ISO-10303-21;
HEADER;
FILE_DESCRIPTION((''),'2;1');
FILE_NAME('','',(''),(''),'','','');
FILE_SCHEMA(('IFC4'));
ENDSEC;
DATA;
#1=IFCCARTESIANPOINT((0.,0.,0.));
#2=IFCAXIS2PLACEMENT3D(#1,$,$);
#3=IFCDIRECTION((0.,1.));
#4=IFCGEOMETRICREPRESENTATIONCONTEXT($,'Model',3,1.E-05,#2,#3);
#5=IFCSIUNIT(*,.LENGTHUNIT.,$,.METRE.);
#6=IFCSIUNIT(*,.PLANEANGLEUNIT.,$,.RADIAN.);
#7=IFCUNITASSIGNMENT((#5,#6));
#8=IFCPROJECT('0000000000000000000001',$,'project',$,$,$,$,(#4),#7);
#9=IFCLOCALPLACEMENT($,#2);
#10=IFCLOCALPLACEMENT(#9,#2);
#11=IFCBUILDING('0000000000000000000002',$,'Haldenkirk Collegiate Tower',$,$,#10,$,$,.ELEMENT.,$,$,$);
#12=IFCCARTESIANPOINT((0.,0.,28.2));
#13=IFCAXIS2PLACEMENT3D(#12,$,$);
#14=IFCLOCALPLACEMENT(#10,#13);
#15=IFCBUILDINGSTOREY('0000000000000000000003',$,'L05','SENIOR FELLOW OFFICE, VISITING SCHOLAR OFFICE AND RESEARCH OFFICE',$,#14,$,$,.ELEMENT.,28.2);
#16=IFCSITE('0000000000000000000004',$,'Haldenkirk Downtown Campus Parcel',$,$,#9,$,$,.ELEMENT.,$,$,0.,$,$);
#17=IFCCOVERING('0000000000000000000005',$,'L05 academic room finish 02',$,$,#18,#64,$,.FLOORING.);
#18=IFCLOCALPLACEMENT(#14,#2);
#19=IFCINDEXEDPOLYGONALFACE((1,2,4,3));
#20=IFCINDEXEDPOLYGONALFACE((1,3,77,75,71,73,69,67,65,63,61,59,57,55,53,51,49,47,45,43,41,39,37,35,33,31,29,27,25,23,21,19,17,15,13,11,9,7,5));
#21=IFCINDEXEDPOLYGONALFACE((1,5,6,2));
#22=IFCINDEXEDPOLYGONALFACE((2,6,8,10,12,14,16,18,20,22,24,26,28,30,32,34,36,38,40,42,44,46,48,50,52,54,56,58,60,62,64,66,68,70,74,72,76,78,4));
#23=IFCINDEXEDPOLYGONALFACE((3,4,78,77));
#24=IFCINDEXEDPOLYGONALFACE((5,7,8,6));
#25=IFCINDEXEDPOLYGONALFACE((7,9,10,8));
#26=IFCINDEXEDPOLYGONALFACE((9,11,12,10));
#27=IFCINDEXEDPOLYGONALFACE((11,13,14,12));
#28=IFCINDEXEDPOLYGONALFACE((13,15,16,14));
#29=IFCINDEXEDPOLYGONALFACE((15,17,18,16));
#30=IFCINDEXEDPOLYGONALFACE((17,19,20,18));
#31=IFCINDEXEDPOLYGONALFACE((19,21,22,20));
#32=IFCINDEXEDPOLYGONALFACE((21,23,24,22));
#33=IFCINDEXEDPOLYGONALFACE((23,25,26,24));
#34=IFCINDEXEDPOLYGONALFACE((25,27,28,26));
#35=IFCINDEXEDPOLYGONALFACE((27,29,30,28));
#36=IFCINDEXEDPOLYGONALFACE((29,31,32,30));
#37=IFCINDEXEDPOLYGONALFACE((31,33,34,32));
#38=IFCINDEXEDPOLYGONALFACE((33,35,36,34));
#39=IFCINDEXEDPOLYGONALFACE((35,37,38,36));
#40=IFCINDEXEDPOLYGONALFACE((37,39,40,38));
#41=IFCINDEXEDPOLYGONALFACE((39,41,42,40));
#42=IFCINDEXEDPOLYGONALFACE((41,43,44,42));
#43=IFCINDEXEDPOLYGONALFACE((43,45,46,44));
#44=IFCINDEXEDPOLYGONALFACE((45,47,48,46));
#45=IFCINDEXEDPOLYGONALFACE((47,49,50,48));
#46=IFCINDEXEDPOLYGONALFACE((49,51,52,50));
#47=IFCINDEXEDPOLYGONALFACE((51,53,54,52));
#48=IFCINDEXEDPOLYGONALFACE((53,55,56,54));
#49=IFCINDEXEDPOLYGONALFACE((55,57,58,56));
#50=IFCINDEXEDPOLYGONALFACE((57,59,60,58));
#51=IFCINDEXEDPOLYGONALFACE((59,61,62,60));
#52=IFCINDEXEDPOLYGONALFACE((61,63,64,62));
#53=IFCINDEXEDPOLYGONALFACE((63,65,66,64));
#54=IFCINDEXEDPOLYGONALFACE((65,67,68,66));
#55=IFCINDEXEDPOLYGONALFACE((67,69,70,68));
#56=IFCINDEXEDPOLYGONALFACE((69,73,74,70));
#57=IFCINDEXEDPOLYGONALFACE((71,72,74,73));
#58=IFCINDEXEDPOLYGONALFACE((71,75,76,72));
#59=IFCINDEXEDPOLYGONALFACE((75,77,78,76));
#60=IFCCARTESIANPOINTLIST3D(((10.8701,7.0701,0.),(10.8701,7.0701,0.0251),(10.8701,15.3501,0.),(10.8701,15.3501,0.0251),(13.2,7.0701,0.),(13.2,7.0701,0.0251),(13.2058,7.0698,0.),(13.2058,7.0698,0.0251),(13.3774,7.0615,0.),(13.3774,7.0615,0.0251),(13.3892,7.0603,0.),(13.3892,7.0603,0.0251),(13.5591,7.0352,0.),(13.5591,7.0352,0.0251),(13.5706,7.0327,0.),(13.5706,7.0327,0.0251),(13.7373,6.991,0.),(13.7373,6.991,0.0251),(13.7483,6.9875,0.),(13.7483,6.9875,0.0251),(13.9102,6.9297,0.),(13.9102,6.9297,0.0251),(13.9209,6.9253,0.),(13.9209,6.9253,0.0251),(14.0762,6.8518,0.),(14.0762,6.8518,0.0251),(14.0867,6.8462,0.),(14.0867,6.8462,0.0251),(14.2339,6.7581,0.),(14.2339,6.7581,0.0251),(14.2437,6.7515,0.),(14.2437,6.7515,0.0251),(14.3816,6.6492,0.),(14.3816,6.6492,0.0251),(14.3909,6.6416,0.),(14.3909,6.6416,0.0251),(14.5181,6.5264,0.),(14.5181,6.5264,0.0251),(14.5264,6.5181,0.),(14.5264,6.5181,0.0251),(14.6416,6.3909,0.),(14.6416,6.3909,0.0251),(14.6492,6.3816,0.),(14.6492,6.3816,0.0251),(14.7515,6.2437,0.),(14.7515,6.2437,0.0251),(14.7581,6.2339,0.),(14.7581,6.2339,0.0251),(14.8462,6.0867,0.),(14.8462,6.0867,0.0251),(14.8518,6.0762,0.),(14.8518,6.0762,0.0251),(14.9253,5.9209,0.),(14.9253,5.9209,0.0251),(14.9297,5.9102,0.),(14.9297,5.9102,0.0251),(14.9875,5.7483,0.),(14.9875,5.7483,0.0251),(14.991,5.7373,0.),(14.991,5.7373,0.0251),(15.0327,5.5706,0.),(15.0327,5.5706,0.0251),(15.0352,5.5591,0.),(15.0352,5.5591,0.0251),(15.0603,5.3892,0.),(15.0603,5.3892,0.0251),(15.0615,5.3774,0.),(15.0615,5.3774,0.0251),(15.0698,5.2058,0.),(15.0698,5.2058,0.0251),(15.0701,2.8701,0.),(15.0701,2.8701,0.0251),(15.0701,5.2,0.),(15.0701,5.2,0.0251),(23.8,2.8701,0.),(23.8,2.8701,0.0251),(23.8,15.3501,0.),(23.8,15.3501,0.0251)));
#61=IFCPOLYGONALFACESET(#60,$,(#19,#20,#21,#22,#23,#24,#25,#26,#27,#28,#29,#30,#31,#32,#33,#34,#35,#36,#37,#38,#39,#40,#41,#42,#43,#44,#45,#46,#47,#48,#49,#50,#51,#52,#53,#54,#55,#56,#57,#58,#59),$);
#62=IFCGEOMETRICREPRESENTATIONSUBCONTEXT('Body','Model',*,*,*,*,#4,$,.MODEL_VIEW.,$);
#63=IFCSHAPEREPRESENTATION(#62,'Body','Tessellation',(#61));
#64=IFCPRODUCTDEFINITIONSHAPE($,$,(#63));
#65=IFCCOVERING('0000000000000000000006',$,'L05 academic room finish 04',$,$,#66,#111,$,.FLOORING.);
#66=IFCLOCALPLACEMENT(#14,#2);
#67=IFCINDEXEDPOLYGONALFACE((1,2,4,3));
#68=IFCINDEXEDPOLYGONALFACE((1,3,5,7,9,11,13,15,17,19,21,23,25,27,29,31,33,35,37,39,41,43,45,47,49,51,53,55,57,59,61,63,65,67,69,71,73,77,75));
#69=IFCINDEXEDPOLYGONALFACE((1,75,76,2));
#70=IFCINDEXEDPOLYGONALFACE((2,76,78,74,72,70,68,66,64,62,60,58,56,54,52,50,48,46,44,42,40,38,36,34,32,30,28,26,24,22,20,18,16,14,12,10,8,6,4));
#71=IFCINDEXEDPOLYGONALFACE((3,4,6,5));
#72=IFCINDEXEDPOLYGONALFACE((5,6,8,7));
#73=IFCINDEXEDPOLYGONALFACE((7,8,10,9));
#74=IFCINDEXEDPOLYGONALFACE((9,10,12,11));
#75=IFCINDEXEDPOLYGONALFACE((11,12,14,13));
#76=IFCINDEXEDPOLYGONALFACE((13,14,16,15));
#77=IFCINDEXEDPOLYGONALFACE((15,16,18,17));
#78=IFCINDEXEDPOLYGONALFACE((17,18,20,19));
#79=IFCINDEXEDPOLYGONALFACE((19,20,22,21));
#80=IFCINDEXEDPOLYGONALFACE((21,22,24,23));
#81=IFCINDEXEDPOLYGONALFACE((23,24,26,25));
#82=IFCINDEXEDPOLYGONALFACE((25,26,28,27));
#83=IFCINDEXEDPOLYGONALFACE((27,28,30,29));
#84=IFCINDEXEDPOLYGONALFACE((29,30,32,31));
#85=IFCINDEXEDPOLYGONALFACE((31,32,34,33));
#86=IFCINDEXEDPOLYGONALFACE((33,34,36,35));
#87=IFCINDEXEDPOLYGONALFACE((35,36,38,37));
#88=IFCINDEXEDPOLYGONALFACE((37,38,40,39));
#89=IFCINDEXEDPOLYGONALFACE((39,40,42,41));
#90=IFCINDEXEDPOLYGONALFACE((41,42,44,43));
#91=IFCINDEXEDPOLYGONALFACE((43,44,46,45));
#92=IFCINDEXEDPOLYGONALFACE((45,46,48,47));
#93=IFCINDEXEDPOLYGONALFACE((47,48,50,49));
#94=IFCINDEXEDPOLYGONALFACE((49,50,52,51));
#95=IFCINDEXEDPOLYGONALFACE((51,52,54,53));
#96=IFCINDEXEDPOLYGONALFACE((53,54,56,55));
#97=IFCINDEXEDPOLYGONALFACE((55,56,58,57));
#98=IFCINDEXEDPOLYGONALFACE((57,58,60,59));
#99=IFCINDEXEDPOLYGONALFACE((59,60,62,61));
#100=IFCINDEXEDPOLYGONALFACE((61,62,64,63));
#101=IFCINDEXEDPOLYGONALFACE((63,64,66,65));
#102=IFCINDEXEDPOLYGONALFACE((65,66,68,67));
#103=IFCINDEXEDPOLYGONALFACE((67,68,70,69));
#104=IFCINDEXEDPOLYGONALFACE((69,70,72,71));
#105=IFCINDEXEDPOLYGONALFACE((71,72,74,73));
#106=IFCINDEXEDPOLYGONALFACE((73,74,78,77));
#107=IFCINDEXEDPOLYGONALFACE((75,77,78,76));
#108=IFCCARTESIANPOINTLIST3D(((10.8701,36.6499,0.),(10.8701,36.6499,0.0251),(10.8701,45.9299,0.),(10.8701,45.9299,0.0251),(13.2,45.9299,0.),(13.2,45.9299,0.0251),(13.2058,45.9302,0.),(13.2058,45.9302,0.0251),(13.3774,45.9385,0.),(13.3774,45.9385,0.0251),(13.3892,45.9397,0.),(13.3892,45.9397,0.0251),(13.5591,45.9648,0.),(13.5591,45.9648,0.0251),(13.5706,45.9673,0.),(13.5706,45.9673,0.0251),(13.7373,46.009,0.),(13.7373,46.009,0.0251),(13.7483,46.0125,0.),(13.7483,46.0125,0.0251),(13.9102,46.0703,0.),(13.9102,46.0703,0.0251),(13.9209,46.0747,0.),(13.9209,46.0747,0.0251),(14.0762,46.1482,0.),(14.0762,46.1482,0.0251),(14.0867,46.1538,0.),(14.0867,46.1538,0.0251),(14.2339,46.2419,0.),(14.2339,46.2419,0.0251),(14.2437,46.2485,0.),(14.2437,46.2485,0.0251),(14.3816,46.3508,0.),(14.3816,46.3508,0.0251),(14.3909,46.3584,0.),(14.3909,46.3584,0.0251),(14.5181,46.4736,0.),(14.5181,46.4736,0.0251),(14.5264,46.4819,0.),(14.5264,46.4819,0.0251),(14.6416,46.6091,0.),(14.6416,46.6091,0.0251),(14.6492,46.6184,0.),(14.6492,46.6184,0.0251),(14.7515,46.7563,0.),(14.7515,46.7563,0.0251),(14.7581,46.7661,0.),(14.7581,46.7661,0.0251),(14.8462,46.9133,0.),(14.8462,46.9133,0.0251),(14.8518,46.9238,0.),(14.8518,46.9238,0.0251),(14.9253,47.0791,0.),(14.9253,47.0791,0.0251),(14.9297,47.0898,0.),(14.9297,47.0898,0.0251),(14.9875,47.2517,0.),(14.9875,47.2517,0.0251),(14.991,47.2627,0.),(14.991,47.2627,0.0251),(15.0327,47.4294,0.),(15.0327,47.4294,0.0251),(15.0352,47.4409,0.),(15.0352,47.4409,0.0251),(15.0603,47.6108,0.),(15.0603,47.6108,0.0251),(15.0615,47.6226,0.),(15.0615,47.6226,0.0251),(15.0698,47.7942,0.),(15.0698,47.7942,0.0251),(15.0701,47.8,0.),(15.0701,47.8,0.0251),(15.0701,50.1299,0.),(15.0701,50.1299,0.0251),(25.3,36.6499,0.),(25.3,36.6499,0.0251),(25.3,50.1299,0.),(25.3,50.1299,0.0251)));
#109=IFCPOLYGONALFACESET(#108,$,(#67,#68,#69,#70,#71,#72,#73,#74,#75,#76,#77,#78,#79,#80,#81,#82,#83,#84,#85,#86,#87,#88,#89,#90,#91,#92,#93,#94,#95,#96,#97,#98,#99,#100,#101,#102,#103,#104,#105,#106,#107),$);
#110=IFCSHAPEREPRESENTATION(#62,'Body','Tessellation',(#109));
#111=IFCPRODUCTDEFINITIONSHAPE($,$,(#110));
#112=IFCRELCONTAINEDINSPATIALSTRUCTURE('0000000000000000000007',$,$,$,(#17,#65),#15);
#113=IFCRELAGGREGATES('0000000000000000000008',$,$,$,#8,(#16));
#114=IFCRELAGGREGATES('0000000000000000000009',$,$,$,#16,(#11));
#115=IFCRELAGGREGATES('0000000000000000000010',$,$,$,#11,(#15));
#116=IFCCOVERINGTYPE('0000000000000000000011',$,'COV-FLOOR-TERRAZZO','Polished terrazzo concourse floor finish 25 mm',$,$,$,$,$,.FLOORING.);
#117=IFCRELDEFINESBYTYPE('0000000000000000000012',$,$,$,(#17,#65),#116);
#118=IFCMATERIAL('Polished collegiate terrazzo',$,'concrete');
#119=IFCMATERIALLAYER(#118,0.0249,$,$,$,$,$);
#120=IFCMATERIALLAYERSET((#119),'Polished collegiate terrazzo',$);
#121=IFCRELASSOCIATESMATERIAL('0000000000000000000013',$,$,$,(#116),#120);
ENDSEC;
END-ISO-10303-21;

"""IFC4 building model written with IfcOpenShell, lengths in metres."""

from ifc_helpers import new_model, si_unit, direction, frame, origin, place, context, subcontext, project, spatial, polyline, outline, extrude, material, layer, layer_set, type_object, element, save


model = new_model("IFC4")

# Units and contexts
model_context = context("Model", 3, precision=1e-05, world=origin(), true_north=direction((0.0, 1.0)))
body_context = subcontext(model_context, "Body", "Model", "MODEL_VIEW")
ifc_project = project(units=[si_unit("LENGTHUNIT", "METRE"), si_unit("PLANEANGLEUNIT", "RADIAN")], contexts=[model_context])

# Site, building, storey
site_placement = place(None, origin())
site = spatial("IfcSite", under=ifc_project, at=site_placement, Name="Haldenkirk Downtown Campus Parcel", CompositionType="ELEMENT", RefElevation=0.0)
building_placement = place(site_placement, origin())
building = spatial("IfcBuilding", under=site, at=building_placement, Name="Haldenkirk Collegiate Tower", CompositionType="ELEMENT")
storey_placement = place(building_placement, frame((0.0, 0.0, 28.2)))
storey = spatial("IfcBuildingStorey", under=building, at=storey_placement, Name="L05", Description="SENIOR FELLOW OFFICE, VISITING SCHOLAR OFFICE AND RESEARCH OFFICE", CompositionType="ELEMENT", Elevation=28.2)

# Coverings
ifc_material_1 = material(Name="Polished collegiate terrazzo", Category="concrete")
ifc_layer_1 = layer(ifc_material_1, 0.0249)
ifc_layer_set_1 = layer_set([ifc_layer_1], Name="Polished collegiate terrazzo")
covering_type_1 = type_object("IfcCoveringType", Name="COV-FLOOR-TERRAZZO", Description="Polished terrazzo concourse floor finish 25 mm", PredefinedType="FLOORING", material=ifc_layer_set_1)
covering_1_placement = place(storey_placement, origin())
element("IfcCovering", 1, at=covering_1_placement, inside=storey, type_object=covering_type_1, Name="L05 academic room finish 02", PredefinedType="FLOORING", context=body_context, shape_type="SweptSolid", body=[
    extrude(outline(polyline([(14.8518, 6.0762), (14.8462, 6.0867), (14.7581, 6.2339), (14.7515, 6.2437), (14.6492, 6.3816), (14.6416, 6.3909), (14.5264, 6.5181), (14.5181, 6.5264), (14.3909, 6.6416), (14.3816, 6.6492), (14.2437, 6.7515), (14.2339, 6.7581), (14.0867, 6.8462), (14.0762, 6.8518), (13.9209, 6.9253), (13.9102, 6.9297), (13.7483, 6.9875), (13.7373, 6.991), (13.5706, 7.0327), (13.5591, 7.0352), (13.3892, 7.0603), (13.3774, 7.0615), (13.2058, 7.0698), (13.2, 7.0701), (10.8701, 7.0701), (10.8701, 15.3501), (23.8, 15.3501), (23.8, 2.8701), (15.0701, 2.8701), (15.0701, 5.2), (15.0698, 5.2058), (15.0615, 5.3774), (15.0603, 5.3892), (15.0352, 5.5591), (15.0327, 5.5706), (14.991, 5.7373), (14.9875, 5.7483), (14.9297, 5.9102), (14.9253, 5.9209), (14.8518, 6.0762)])), origin(), (0.0, 0.0, 1.0), 0.0251),
])
covering_2_placement = place(storey_placement, origin())
element("IfcCovering", 2, at=covering_2_placement, inside=storey, type_object=covering_type_1, Name="L05 academic room finish 04", PredefinedType="FLOORING", context=body_context, shape_type="SweptSolid", body=[
    extrude(outline(polyline([(13.2, 45.9299), (13.2058, 45.9302), (13.3774, 45.9385), (13.3892, 45.9397), (13.5591, 45.9648), (13.5706, 45.9673), (13.7373, 46.009), (13.7483, 46.0125), (13.9102, 46.0703), (13.9209, 46.0747), (14.0762, 46.1482), (14.0867, 46.1538), (14.2339, 46.2419), (14.2437, 46.2485), (14.3816, 46.3508), (14.3909, 46.3584), (14.5181, 46.4736), (14.5264, 46.4819), (14.6416, 46.6091), (14.6492, 46.6184), (14.7515, 46.7563), (14.7581, 46.7661), (14.8462, 46.9133), (14.8518, 46.9238), (14.9253, 47.0791), (14.9297, 47.0898), (14.9875, 47.2517), (14.991, 47.2627), (15.0327, 47.4294), (15.0352, 47.4409), (15.0603, 47.6108), (15.0615, 47.6226), (15.0698, 47.7942), (15.0701, 47.8), (15.0701, 50.1299), (25.3, 50.1299), (25.3, 36.6499), (10.8701, 36.6499), (10.8701, 45.9299), (13.2, 45.9299)])), origin(), (0.0, 0.0, 1.0), 0.0251),
])

save(model, "model.ifc")
